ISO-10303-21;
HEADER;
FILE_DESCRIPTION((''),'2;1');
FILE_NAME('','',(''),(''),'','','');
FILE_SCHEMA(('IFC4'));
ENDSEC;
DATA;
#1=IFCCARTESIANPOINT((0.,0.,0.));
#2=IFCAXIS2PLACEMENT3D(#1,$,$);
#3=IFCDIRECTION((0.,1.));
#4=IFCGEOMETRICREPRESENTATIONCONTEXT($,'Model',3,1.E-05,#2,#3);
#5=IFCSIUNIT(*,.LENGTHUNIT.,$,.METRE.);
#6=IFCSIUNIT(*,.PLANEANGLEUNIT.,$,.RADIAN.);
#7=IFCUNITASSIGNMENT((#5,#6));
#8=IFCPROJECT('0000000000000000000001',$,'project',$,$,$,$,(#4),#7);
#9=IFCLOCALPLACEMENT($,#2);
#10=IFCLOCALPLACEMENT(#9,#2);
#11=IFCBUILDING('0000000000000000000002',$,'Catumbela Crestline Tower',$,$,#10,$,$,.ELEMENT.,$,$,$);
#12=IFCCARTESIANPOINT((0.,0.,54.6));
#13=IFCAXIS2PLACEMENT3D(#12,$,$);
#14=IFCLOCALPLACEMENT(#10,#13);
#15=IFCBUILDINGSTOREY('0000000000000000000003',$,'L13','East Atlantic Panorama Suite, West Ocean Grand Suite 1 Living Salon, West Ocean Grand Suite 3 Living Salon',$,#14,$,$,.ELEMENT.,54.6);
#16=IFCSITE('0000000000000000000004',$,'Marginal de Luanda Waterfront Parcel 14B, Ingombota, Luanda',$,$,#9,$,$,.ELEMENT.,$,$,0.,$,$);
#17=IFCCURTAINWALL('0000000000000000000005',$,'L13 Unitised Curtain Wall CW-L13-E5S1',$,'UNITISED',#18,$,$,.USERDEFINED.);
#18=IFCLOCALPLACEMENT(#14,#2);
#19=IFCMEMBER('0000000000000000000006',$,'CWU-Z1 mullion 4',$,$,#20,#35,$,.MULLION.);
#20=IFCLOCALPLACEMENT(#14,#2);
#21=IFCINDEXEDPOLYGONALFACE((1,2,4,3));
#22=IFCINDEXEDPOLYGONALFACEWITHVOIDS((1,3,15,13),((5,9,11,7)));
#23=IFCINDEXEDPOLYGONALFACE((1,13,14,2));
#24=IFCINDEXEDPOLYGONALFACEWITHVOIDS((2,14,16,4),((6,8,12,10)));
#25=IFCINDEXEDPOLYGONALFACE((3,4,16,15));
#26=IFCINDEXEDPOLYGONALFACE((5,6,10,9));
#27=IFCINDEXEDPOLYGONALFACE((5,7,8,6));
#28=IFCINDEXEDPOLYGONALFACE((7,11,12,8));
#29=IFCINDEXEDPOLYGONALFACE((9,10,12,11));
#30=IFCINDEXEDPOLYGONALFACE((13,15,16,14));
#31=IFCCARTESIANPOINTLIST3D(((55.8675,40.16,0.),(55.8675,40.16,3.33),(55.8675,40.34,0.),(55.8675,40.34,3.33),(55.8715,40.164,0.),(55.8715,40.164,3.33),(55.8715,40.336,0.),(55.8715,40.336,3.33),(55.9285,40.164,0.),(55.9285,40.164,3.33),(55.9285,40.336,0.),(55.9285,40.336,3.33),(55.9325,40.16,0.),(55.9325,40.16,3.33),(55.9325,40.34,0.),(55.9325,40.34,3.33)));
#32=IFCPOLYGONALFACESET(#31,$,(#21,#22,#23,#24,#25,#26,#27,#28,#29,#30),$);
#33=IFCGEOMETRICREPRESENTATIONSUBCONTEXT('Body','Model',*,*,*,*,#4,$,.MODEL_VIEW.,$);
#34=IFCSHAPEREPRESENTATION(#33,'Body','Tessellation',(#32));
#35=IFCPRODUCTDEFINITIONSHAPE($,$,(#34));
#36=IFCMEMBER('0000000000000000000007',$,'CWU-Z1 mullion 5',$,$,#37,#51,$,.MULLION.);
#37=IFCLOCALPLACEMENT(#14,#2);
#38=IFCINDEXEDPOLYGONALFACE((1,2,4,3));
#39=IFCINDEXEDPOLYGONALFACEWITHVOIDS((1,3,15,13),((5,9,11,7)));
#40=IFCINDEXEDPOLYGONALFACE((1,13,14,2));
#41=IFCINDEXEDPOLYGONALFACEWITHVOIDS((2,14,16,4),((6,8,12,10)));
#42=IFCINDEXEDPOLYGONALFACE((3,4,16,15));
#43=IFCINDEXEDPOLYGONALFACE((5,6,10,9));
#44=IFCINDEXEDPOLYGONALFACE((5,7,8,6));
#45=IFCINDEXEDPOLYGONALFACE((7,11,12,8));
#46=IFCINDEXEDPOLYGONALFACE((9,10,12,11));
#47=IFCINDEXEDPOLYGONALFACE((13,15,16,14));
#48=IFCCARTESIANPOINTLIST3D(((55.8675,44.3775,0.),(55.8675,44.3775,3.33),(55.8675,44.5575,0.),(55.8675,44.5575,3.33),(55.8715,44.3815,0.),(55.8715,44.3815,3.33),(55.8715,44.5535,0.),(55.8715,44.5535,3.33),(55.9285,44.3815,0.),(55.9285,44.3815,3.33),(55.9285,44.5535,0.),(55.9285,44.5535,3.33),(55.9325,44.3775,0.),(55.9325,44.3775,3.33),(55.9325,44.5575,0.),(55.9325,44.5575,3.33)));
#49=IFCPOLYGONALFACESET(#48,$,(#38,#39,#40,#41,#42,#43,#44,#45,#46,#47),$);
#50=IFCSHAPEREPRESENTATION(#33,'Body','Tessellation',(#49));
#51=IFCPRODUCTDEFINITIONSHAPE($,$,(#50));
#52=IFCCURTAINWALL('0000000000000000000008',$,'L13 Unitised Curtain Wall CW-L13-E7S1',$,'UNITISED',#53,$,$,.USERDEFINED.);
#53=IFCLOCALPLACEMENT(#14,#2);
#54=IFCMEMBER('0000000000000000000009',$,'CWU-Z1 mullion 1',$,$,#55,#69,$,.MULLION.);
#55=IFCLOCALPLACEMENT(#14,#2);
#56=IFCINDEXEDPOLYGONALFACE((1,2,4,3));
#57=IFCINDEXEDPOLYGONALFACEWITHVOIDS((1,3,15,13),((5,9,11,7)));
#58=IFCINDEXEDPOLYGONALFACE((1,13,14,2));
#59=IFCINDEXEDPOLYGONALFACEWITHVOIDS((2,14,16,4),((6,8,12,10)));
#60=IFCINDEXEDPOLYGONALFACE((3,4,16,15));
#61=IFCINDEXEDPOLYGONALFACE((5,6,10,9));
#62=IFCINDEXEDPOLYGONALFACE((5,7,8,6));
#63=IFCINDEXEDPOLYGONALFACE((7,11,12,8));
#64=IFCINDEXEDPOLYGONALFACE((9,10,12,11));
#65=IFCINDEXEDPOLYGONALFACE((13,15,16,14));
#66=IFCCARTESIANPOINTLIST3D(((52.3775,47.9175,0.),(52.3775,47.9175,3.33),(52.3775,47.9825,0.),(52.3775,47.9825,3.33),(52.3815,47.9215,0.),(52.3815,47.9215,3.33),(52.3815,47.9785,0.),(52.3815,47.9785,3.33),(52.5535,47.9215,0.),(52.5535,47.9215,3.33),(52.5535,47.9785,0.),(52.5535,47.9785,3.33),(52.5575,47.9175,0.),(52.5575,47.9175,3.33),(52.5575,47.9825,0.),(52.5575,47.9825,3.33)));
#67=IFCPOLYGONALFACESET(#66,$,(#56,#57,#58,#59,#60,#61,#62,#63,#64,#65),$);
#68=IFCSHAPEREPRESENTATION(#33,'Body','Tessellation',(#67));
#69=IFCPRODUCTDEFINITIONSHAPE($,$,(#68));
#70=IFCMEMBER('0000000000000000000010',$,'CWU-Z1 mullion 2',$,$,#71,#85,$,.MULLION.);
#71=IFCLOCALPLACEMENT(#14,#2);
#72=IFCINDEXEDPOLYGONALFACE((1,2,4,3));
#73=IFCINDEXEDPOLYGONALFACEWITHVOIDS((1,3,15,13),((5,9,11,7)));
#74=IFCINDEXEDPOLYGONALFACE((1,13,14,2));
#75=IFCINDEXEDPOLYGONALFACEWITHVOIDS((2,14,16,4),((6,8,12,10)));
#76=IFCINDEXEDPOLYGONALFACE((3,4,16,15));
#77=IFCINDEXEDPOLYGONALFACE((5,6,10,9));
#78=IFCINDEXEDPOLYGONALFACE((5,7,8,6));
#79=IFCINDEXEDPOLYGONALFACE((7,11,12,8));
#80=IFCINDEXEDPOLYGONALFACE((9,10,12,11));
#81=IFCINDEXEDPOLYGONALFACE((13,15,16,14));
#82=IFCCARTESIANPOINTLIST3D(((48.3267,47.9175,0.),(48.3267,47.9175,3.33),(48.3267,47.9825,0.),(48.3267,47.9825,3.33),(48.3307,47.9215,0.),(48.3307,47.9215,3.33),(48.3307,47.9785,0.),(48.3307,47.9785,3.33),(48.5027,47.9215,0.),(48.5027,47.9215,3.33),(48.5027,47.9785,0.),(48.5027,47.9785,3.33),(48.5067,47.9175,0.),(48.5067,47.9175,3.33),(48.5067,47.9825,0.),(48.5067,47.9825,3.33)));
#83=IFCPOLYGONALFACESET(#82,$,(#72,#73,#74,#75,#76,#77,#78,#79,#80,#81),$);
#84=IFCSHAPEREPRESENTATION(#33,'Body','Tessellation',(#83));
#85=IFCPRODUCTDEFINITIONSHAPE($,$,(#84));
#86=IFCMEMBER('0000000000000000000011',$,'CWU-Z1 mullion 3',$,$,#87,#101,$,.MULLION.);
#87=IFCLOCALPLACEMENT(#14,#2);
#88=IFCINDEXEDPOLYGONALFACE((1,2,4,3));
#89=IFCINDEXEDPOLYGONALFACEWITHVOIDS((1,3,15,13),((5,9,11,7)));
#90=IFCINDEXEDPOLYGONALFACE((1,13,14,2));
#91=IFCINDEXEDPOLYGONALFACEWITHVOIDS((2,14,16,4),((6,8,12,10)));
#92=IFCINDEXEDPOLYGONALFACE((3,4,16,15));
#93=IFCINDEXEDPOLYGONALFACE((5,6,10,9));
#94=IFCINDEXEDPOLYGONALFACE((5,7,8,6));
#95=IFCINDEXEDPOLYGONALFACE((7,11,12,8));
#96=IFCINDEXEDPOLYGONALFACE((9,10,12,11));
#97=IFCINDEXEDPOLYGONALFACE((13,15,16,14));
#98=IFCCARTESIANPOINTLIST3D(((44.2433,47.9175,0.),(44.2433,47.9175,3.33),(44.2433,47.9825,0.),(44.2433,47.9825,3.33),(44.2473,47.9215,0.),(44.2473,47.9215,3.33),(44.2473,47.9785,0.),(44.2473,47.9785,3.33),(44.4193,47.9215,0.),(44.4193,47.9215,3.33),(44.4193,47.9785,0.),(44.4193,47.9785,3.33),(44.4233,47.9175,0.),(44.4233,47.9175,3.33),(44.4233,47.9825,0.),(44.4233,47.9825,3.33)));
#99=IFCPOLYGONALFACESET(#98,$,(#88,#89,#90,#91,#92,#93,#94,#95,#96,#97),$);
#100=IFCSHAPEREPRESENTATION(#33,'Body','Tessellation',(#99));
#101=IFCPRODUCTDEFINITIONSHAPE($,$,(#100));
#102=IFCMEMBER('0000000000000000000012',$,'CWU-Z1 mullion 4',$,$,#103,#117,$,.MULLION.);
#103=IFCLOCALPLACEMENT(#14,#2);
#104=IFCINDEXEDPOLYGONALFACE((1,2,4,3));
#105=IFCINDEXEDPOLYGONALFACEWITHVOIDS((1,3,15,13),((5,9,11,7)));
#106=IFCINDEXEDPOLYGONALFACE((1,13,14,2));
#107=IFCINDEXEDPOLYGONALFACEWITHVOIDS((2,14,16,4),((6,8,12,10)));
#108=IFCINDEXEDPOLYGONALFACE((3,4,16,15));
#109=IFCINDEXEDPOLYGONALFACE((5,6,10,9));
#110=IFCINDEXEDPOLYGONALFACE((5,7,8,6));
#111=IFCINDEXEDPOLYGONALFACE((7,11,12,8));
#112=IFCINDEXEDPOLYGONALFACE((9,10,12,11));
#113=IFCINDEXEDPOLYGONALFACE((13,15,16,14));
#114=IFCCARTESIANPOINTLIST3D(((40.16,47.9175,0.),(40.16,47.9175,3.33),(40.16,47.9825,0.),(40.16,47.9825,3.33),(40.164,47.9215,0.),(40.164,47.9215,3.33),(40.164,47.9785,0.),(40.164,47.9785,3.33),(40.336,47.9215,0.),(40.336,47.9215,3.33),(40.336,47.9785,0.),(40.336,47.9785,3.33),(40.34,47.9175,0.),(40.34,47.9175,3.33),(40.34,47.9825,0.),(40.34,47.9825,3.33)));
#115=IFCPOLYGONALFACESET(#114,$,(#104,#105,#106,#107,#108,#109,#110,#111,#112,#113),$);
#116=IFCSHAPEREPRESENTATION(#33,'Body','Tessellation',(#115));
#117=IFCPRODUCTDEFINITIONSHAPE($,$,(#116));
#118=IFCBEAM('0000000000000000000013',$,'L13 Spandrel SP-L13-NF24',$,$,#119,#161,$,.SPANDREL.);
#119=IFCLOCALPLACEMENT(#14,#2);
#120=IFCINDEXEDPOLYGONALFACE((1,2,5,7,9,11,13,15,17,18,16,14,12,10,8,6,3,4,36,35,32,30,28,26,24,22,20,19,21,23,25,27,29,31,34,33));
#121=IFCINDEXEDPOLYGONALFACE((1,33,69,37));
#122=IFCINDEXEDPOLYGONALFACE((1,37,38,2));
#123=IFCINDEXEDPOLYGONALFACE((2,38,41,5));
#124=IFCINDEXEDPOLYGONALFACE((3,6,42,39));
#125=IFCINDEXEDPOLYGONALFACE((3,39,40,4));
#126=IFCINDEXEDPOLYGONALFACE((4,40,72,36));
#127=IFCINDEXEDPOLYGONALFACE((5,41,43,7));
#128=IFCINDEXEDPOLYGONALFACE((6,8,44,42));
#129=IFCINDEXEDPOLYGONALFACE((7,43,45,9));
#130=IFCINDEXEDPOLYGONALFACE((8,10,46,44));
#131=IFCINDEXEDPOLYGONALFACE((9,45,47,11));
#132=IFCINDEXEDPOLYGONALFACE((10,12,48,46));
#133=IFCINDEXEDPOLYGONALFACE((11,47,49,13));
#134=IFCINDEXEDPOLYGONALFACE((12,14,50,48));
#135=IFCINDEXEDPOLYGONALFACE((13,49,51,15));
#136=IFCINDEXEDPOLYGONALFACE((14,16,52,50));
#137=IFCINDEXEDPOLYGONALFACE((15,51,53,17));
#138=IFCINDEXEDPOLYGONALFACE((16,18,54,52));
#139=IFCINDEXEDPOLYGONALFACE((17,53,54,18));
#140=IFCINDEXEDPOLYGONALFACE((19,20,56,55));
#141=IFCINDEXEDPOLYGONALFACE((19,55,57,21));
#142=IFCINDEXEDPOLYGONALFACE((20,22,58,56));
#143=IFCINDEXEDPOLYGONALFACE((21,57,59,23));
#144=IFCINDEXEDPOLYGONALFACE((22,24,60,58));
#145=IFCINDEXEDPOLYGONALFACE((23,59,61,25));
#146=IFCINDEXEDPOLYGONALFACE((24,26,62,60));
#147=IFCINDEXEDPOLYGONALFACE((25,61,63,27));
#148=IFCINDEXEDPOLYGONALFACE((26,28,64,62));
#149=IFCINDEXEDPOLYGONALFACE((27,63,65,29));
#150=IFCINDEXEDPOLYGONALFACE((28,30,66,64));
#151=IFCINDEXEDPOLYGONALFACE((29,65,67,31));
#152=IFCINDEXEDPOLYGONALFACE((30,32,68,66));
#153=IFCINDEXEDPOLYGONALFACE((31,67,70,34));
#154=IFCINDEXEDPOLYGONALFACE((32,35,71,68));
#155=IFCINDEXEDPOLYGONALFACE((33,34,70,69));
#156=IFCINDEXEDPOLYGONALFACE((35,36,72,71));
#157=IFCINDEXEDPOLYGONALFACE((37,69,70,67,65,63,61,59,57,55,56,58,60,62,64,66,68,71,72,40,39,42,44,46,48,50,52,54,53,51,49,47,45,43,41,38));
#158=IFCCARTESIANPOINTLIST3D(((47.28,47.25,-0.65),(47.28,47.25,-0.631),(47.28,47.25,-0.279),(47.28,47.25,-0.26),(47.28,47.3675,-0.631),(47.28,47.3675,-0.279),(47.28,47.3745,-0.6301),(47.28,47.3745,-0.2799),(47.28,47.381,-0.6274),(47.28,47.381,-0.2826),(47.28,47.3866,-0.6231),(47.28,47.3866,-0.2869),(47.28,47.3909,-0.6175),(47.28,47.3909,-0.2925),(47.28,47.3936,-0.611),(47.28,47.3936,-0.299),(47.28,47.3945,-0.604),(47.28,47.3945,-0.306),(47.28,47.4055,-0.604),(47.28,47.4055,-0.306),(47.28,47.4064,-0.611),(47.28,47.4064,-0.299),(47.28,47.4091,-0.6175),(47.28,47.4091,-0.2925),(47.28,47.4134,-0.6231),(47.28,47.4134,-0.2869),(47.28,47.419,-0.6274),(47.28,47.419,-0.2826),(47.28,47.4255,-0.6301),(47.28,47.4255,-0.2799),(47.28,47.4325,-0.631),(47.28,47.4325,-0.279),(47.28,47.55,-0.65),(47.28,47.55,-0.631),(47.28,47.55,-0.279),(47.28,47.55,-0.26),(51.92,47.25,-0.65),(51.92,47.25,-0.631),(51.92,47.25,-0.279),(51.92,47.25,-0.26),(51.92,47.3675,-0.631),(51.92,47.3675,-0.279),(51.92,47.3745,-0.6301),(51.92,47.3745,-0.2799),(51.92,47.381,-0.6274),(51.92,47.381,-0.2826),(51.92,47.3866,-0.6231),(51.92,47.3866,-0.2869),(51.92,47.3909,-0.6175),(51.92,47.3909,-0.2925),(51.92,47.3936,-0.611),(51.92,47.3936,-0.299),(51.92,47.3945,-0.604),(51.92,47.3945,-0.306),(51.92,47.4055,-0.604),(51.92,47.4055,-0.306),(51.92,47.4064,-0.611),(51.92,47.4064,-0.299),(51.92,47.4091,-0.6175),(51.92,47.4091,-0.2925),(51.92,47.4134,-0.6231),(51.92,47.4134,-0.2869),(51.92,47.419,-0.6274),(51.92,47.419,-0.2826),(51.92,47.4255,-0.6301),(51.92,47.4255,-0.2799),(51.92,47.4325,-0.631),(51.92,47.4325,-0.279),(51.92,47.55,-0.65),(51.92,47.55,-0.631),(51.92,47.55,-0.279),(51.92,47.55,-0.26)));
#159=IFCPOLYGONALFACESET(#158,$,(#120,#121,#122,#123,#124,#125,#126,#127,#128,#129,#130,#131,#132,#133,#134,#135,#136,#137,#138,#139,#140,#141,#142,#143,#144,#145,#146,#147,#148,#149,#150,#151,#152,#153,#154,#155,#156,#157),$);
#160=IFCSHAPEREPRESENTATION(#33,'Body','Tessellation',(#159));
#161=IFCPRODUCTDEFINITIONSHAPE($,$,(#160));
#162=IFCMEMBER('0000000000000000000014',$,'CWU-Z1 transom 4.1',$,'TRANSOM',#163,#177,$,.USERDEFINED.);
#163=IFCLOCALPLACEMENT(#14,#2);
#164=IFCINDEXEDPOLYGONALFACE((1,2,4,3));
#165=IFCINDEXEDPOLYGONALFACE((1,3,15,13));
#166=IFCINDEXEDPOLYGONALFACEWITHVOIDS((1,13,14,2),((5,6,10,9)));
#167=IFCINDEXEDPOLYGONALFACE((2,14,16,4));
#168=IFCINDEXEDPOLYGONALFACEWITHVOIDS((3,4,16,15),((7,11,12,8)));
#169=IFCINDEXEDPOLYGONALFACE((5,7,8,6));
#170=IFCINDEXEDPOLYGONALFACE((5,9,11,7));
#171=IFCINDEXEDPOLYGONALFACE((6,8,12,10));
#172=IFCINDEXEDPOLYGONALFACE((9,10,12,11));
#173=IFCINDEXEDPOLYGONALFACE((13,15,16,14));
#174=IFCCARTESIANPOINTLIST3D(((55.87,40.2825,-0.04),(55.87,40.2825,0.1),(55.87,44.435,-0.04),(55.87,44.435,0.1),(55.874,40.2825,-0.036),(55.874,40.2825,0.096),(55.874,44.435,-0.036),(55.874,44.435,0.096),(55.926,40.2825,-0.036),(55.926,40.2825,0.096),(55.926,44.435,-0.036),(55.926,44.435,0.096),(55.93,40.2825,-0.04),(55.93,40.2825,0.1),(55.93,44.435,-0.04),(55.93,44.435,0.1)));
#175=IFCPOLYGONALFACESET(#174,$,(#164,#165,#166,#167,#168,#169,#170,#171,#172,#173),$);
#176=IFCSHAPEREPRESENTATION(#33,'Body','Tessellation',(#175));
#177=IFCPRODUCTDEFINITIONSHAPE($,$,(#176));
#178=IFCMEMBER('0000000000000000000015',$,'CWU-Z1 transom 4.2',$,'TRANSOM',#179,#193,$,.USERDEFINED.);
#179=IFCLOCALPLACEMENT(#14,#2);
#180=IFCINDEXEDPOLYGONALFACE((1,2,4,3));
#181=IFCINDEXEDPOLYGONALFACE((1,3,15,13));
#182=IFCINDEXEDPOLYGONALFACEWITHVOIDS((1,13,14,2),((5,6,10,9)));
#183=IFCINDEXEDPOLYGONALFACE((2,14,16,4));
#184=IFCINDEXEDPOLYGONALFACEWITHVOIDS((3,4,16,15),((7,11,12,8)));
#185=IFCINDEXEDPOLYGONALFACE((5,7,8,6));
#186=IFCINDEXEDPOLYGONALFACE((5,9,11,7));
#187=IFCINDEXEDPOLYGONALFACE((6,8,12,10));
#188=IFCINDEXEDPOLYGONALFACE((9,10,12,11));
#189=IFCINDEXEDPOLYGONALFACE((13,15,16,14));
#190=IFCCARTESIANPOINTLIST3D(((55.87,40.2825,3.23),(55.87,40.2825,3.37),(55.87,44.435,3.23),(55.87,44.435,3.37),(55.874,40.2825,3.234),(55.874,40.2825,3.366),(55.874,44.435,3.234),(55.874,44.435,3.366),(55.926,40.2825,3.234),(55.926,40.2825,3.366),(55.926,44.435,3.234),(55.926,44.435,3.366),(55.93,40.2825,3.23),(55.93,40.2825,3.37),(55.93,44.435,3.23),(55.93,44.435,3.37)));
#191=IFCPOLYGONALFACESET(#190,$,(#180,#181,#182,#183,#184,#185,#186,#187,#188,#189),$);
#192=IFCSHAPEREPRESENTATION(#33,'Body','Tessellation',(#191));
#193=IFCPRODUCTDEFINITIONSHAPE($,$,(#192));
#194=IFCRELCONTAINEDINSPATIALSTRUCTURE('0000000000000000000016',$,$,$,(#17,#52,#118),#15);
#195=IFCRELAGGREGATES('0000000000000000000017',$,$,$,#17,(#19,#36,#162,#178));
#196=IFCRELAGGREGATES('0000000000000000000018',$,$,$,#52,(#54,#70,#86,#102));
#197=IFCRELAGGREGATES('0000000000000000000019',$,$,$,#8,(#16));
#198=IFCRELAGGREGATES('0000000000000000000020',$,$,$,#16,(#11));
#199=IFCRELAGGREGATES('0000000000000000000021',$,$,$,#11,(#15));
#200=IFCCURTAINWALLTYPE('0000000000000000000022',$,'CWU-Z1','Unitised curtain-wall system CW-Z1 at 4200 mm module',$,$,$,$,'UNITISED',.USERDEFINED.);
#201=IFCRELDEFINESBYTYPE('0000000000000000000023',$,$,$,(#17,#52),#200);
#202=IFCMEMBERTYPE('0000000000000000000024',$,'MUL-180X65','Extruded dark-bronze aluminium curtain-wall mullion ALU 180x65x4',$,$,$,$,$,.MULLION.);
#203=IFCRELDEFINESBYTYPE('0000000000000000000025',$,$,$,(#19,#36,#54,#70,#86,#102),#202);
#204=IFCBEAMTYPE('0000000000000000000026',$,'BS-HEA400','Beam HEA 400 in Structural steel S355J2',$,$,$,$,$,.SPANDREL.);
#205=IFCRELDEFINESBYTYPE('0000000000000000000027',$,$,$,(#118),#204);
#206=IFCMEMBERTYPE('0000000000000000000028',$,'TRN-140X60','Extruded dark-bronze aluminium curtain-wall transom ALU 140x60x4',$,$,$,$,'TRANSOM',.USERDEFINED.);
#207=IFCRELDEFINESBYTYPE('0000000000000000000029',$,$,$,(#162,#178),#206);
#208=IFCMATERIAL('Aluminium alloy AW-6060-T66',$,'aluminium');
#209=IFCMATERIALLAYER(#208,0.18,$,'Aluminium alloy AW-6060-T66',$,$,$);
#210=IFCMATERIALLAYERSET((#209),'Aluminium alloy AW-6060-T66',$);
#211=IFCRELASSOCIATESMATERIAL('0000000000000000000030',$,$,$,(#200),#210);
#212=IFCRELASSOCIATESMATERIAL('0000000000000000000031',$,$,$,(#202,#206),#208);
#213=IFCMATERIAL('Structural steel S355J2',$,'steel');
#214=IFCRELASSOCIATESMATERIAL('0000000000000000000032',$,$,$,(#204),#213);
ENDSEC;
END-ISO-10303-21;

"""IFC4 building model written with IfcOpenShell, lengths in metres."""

from ifc_helpers import new_model, si_unit, direction, frame, origin, origin_2d, place, context, subcontext, project, spatial, hollow_rectangle, i_section, extrude, material, layer, layer_set, material_profile, profile_set, type_object, element, aggregate, save


model = new_model("IFC4")

# Units and contexts
model_context = context("Model", 3, precision=1e-05, world=origin(), true_north=direction((0.0, 1.0)))
body_context = subcontext(model_context, "Body", "Model", "MODEL_VIEW")
ifc_project = project(units=[si_unit("LENGTHUNIT", "METRE"), si_unit("PLANEANGLEUNIT", "RADIAN")], contexts=[model_context])

# Site, building, storey
site_placement = place(None, origin())
site = spatial("IfcSite", under=ifc_project, at=site_placement, Name="Marginal de Luanda Waterfront Parcel 14B, Ingombota, Luanda", CompositionType="ELEMENT", RefElevation=0.0)
building_placement = place(site_placement, origin())
building = spatial("IfcBuilding", under=site, at=building_placement, Name="Catumbela Crestline Tower", CompositionType="ELEMENT")
storey_placement = place(building_placement, frame((0.0, 0.0, 54.6)))
storey = spatial("IfcBuildingStorey", under=building, at=storey_placement, Name="L13", Description="East Atlantic Panorama Suite, West Ocean Grand Suite 1 Living Salon, West Ocean Grand Suite 3 Living Salon", CompositionType="ELEMENT", Elevation=54.6)

# Curtain walls, members
ifc_material_1 = material(Name="Aluminium alloy AW-6060-T66", Category="aluminium")
ifc_layer_1 = layer(ifc_material_1, 0.18, Name="Aluminium alloy AW-6060-T66")
ifc_layer_set_1 = layer_set([ifc_layer_1], Name="Aluminium alloy AW-6060-T66")
curtain_wall_type = type_object("IfcCurtainWallType", Name="CWU-Z1", Description="Unitised curtain-wall system CW-Z1 at 4200 mm module", ElementType="UNITISED", PredefinedType="USERDEFINED", material=ifc_layer_set_1)
curtain_wall_1_placement = place(storey_placement, origin())
curtain_wall_1 = element("IfcCurtainWall", 1, at=curtain_wall_1_placement, inside=storey, type_object=curtain_wall_type, Name="L13 Unitised Curtain Wall CW-L13-E5S1", ObjectType="UNITISED", PredefinedType="USERDEFINED")
ifc_material_profile_1 = material_profile(ifc_material_1, hollow_rectangle(XDim=0.065, YDim=0.18, WallThickness=0.004, at=origin_2d()), Name="ALU 180x65x4")
ifc_profile_set_1 = profile_set([ifc_material_profile_1], Name="Aluminium alloy AW-6060-T66")
member_type_1 = type_object("IfcMemberType", Name="MUL-180X65", Description="Extruded dark-bronze aluminium curtain-wall mullion ALU 180x65x4", PredefinedType="MULLION", material=ifc_profile_set_1)
member_1_placement = place(storey_placement, frame((55.9, 40.25, 0.0), z_axis=(0.0, 0.0, 1.0), x_axis=(-1.0, 0.0, 0.0)))
member_1 = element("IfcMember", 2, at=member_1_placement, type_object=member_type_1, Name="CWU-Z1 mullion 4", PredefinedType="MULLION", context=body_context, shape_type="SweptSolid", body=[
    extrude(hollow_rectangle(XDim=0.065, YDim=0.18, WallThickness=0.004, at=origin_2d()), origin(), (0.0, 0.0, 1.0), 3.33),
])
member_2_placement = place(storey_placement, frame((55.9, 44.4675, 0.0), z_axis=(0.0, 0.0, 1.0), x_axis=(-1.0, 0.0, 0.0)))
member_2 = element("IfcMember", 3, at=member_2_placement, type_object=member_type_1, Name="CWU-Z1 mullion 5", PredefinedType="MULLION", context=body_context, shape_type="SweptSolid", body=[
    extrude(hollow_rectangle(XDim=0.065, YDim=0.18, WallThickness=0.004, at=origin_2d()), origin(), (0.0, 0.0, 1.0), 3.33),
])
curtain_wall_2_placement = place(storey_placement, origin())
curtain_wall_2 = element("IfcCurtainWall", 4, at=curtain_wall_2_placement, inside=storey, type_object=curtain_wall_type, Name="L13 Unitised Curtain Wall CW-L13-E7S1", ObjectType="UNITISED", PredefinedType="USERDEFINED")
member_3_placement = place(storey_placement, frame((52.4675, 47.95, 0.0), z_axis=(0.0, 0.0, 1.0), x_axis=(0.0, -1.0, 0.0)))
member_3 = element("IfcMember", 5, at=member_3_placement, type_object=member_type_1, Name="CWU-Z1 mullion 1", PredefinedType="MULLION", context=body_context, shape_type="SweptSolid", body=[
    extrude(hollow_rectangle(XDim=0.065, YDim=0.18, WallThickness=0.004, at=origin_2d()), origin(), (0.0, 0.0, 1.0), 3.33),
])
member_4_placement = place(storey_placement, frame((48.4167, 47.95, 0.0), z_axis=(0.0, 0.0, 1.0), x_axis=(0.0, -1.0, 0.0)))
member_4 = element("IfcMember", 6, at=member_4_placement, type_object=member_type_1, Name="CWU-Z1 mullion 2", PredefinedType="MULLION", context=body_context, shape_type="SweptSolid", body=[
    extrude(hollow_rectangle(XDim=0.065, YDim=0.18, WallThickness=0.004, at=origin_2d()), origin(), (0.0, 0.0, 1.0), 3.33),
])
member_5_placement = place(storey_placement, frame((44.3333, 47.95, 0.0), z_axis=(0.0, 0.0, 1.0), x_axis=(0.0, -1.0, 0.0)))
member_5 = element("IfcMember", 7, at=member_5_placement, type_object=member_type_1, Name="CWU-Z1 mullion 3", PredefinedType="MULLION", context=body_context, shape_type="SweptSolid", body=[
    extrude(hollow_rectangle(XDim=0.065, YDim=0.18, WallThickness=0.004, at=origin_2d()), origin(), (0.0, 0.0, 1.0), 3.33),
])
member_6_placement = place(storey_placement, frame((40.25, 47.95, 0.0), z_axis=(0.0, 0.0, 1.0), x_axis=(0.0, -1.0, 0.0)))
member_6 = element("IfcMember", 8, at=member_6_placement, type_object=member_type_1, Name="CWU-Z1 mullion 4", PredefinedType="MULLION", context=body_context, shape_type="SweptSolid", body=[
    extrude(hollow_rectangle(XDim=0.065, YDim=0.18, WallThickness=0.004, at=origin_2d()), origin(), (0.0, 0.0, 1.0), 3.33),
])

# Beam
ifc_material_2 = material(Name="Structural steel S355J2", Category="steel")
ifc_material_profile_2 = material_profile(ifc_material_2, i_section(OverallWidth=0.3, OverallDepth=0.39, WebThickness=0.011, FlangeThickness=0.019, FilletRadius=0.027, at=origin_2d()), Name="HEA 400")
ifc_profile_set_2 = profile_set([ifc_material_profile_2], Name="Structural steel S355J2")
beam_type = type_object("IfcBeamType", Name="BS-HEA400", Description="Beam HEA 400 in Structural steel S355J2", PredefinedType="SPANDREL", material=ifc_profile_set_2)
beam_placement = place(storey_placement, frame((47.28, 47.4, -0.455), z_axis=(1.0, 0.0, 0.0), x_axis=(0.0, 1.0, 0.0)))
element("IfcBeam", 9, at=beam_placement, inside=storey, type_object=beam_type, Name="L13 Spandrel SP-L13-NF24", PredefinedType="SPANDREL", context=body_context, shape_type="SweptSolid", body=[
    extrude(i_section(OverallWidth=0.3, OverallDepth=0.39, WebThickness=0.011, FlangeThickness=0.019, FilletRadius=0.027, at=origin_2d()), origin(), (0.0, 0.0, 1.0), 4.64),
])

# Members
ifc_material_profile_3 = material_profile(ifc_material_1, hollow_rectangle(XDim=0.06, YDim=0.14, WallThickness=0.004, at=origin_2d()), Name="ALU 140x60x4")
ifc_profile_set_3 = profile_set([ifc_material_profile_3], Name="Aluminium alloy AW-6060-T66")
member_type_2 = type_object("IfcMemberType", Name="TRN-140X60", Description="Extruded dark-bronze aluminium curtain-wall transom ALU 140x60x4", ElementType="TRANSOM", PredefinedType="USERDEFINED", material=ifc_profile_set_3)
member_7_placement = place(storey_placement, frame((55.9, 40.2825, 0.03), z_axis=(0.0, 1.0, 0.0), x_axis=(-1.0, 0.0, 0.0)))
member_7 = element("IfcMember", 10, at=member_7_placement, type_object=member_type_2, Name="CWU-Z1 transom 4.1", ObjectType="TRANSOM", PredefinedType="USERDEFINED", context=body_context, shape_type="SweptSolid", body=[
    extrude(hollow_rectangle(XDim=0.06, YDim=0.14, WallThickness=0.004, at=origin_2d()), origin(), (0.0, 0.0, 1.0), 4.1525),
])
member_8_placement = place(storey_placement, frame((55.9, 40.2825, 3.3), z_axis=(0.0, 1.0, 0.0), x_axis=(-1.0, 0.0, 0.0)))
member_8 = element("IfcMember", 11, at=member_8_placement, type_object=member_type_2, Name="CWU-Z1 transom 4.2", ObjectType="TRANSOM", PredefinedType="USERDEFINED", context=body_context, shape_type="SweptSolid", body=[
    extrude(hollow_rectangle(XDim=0.06, YDim=0.14, WallThickness=0.004, at=origin_2d()), origin(), (0.0, 0.0, 1.0), 4.1525),
])

aggregate(curtain_wall_1, [member_1, member_2, member_7, member_8])
aggregate(curtain_wall_2, [member_3, member_4, member_5, member_6])

save(model, "model.ifc")
